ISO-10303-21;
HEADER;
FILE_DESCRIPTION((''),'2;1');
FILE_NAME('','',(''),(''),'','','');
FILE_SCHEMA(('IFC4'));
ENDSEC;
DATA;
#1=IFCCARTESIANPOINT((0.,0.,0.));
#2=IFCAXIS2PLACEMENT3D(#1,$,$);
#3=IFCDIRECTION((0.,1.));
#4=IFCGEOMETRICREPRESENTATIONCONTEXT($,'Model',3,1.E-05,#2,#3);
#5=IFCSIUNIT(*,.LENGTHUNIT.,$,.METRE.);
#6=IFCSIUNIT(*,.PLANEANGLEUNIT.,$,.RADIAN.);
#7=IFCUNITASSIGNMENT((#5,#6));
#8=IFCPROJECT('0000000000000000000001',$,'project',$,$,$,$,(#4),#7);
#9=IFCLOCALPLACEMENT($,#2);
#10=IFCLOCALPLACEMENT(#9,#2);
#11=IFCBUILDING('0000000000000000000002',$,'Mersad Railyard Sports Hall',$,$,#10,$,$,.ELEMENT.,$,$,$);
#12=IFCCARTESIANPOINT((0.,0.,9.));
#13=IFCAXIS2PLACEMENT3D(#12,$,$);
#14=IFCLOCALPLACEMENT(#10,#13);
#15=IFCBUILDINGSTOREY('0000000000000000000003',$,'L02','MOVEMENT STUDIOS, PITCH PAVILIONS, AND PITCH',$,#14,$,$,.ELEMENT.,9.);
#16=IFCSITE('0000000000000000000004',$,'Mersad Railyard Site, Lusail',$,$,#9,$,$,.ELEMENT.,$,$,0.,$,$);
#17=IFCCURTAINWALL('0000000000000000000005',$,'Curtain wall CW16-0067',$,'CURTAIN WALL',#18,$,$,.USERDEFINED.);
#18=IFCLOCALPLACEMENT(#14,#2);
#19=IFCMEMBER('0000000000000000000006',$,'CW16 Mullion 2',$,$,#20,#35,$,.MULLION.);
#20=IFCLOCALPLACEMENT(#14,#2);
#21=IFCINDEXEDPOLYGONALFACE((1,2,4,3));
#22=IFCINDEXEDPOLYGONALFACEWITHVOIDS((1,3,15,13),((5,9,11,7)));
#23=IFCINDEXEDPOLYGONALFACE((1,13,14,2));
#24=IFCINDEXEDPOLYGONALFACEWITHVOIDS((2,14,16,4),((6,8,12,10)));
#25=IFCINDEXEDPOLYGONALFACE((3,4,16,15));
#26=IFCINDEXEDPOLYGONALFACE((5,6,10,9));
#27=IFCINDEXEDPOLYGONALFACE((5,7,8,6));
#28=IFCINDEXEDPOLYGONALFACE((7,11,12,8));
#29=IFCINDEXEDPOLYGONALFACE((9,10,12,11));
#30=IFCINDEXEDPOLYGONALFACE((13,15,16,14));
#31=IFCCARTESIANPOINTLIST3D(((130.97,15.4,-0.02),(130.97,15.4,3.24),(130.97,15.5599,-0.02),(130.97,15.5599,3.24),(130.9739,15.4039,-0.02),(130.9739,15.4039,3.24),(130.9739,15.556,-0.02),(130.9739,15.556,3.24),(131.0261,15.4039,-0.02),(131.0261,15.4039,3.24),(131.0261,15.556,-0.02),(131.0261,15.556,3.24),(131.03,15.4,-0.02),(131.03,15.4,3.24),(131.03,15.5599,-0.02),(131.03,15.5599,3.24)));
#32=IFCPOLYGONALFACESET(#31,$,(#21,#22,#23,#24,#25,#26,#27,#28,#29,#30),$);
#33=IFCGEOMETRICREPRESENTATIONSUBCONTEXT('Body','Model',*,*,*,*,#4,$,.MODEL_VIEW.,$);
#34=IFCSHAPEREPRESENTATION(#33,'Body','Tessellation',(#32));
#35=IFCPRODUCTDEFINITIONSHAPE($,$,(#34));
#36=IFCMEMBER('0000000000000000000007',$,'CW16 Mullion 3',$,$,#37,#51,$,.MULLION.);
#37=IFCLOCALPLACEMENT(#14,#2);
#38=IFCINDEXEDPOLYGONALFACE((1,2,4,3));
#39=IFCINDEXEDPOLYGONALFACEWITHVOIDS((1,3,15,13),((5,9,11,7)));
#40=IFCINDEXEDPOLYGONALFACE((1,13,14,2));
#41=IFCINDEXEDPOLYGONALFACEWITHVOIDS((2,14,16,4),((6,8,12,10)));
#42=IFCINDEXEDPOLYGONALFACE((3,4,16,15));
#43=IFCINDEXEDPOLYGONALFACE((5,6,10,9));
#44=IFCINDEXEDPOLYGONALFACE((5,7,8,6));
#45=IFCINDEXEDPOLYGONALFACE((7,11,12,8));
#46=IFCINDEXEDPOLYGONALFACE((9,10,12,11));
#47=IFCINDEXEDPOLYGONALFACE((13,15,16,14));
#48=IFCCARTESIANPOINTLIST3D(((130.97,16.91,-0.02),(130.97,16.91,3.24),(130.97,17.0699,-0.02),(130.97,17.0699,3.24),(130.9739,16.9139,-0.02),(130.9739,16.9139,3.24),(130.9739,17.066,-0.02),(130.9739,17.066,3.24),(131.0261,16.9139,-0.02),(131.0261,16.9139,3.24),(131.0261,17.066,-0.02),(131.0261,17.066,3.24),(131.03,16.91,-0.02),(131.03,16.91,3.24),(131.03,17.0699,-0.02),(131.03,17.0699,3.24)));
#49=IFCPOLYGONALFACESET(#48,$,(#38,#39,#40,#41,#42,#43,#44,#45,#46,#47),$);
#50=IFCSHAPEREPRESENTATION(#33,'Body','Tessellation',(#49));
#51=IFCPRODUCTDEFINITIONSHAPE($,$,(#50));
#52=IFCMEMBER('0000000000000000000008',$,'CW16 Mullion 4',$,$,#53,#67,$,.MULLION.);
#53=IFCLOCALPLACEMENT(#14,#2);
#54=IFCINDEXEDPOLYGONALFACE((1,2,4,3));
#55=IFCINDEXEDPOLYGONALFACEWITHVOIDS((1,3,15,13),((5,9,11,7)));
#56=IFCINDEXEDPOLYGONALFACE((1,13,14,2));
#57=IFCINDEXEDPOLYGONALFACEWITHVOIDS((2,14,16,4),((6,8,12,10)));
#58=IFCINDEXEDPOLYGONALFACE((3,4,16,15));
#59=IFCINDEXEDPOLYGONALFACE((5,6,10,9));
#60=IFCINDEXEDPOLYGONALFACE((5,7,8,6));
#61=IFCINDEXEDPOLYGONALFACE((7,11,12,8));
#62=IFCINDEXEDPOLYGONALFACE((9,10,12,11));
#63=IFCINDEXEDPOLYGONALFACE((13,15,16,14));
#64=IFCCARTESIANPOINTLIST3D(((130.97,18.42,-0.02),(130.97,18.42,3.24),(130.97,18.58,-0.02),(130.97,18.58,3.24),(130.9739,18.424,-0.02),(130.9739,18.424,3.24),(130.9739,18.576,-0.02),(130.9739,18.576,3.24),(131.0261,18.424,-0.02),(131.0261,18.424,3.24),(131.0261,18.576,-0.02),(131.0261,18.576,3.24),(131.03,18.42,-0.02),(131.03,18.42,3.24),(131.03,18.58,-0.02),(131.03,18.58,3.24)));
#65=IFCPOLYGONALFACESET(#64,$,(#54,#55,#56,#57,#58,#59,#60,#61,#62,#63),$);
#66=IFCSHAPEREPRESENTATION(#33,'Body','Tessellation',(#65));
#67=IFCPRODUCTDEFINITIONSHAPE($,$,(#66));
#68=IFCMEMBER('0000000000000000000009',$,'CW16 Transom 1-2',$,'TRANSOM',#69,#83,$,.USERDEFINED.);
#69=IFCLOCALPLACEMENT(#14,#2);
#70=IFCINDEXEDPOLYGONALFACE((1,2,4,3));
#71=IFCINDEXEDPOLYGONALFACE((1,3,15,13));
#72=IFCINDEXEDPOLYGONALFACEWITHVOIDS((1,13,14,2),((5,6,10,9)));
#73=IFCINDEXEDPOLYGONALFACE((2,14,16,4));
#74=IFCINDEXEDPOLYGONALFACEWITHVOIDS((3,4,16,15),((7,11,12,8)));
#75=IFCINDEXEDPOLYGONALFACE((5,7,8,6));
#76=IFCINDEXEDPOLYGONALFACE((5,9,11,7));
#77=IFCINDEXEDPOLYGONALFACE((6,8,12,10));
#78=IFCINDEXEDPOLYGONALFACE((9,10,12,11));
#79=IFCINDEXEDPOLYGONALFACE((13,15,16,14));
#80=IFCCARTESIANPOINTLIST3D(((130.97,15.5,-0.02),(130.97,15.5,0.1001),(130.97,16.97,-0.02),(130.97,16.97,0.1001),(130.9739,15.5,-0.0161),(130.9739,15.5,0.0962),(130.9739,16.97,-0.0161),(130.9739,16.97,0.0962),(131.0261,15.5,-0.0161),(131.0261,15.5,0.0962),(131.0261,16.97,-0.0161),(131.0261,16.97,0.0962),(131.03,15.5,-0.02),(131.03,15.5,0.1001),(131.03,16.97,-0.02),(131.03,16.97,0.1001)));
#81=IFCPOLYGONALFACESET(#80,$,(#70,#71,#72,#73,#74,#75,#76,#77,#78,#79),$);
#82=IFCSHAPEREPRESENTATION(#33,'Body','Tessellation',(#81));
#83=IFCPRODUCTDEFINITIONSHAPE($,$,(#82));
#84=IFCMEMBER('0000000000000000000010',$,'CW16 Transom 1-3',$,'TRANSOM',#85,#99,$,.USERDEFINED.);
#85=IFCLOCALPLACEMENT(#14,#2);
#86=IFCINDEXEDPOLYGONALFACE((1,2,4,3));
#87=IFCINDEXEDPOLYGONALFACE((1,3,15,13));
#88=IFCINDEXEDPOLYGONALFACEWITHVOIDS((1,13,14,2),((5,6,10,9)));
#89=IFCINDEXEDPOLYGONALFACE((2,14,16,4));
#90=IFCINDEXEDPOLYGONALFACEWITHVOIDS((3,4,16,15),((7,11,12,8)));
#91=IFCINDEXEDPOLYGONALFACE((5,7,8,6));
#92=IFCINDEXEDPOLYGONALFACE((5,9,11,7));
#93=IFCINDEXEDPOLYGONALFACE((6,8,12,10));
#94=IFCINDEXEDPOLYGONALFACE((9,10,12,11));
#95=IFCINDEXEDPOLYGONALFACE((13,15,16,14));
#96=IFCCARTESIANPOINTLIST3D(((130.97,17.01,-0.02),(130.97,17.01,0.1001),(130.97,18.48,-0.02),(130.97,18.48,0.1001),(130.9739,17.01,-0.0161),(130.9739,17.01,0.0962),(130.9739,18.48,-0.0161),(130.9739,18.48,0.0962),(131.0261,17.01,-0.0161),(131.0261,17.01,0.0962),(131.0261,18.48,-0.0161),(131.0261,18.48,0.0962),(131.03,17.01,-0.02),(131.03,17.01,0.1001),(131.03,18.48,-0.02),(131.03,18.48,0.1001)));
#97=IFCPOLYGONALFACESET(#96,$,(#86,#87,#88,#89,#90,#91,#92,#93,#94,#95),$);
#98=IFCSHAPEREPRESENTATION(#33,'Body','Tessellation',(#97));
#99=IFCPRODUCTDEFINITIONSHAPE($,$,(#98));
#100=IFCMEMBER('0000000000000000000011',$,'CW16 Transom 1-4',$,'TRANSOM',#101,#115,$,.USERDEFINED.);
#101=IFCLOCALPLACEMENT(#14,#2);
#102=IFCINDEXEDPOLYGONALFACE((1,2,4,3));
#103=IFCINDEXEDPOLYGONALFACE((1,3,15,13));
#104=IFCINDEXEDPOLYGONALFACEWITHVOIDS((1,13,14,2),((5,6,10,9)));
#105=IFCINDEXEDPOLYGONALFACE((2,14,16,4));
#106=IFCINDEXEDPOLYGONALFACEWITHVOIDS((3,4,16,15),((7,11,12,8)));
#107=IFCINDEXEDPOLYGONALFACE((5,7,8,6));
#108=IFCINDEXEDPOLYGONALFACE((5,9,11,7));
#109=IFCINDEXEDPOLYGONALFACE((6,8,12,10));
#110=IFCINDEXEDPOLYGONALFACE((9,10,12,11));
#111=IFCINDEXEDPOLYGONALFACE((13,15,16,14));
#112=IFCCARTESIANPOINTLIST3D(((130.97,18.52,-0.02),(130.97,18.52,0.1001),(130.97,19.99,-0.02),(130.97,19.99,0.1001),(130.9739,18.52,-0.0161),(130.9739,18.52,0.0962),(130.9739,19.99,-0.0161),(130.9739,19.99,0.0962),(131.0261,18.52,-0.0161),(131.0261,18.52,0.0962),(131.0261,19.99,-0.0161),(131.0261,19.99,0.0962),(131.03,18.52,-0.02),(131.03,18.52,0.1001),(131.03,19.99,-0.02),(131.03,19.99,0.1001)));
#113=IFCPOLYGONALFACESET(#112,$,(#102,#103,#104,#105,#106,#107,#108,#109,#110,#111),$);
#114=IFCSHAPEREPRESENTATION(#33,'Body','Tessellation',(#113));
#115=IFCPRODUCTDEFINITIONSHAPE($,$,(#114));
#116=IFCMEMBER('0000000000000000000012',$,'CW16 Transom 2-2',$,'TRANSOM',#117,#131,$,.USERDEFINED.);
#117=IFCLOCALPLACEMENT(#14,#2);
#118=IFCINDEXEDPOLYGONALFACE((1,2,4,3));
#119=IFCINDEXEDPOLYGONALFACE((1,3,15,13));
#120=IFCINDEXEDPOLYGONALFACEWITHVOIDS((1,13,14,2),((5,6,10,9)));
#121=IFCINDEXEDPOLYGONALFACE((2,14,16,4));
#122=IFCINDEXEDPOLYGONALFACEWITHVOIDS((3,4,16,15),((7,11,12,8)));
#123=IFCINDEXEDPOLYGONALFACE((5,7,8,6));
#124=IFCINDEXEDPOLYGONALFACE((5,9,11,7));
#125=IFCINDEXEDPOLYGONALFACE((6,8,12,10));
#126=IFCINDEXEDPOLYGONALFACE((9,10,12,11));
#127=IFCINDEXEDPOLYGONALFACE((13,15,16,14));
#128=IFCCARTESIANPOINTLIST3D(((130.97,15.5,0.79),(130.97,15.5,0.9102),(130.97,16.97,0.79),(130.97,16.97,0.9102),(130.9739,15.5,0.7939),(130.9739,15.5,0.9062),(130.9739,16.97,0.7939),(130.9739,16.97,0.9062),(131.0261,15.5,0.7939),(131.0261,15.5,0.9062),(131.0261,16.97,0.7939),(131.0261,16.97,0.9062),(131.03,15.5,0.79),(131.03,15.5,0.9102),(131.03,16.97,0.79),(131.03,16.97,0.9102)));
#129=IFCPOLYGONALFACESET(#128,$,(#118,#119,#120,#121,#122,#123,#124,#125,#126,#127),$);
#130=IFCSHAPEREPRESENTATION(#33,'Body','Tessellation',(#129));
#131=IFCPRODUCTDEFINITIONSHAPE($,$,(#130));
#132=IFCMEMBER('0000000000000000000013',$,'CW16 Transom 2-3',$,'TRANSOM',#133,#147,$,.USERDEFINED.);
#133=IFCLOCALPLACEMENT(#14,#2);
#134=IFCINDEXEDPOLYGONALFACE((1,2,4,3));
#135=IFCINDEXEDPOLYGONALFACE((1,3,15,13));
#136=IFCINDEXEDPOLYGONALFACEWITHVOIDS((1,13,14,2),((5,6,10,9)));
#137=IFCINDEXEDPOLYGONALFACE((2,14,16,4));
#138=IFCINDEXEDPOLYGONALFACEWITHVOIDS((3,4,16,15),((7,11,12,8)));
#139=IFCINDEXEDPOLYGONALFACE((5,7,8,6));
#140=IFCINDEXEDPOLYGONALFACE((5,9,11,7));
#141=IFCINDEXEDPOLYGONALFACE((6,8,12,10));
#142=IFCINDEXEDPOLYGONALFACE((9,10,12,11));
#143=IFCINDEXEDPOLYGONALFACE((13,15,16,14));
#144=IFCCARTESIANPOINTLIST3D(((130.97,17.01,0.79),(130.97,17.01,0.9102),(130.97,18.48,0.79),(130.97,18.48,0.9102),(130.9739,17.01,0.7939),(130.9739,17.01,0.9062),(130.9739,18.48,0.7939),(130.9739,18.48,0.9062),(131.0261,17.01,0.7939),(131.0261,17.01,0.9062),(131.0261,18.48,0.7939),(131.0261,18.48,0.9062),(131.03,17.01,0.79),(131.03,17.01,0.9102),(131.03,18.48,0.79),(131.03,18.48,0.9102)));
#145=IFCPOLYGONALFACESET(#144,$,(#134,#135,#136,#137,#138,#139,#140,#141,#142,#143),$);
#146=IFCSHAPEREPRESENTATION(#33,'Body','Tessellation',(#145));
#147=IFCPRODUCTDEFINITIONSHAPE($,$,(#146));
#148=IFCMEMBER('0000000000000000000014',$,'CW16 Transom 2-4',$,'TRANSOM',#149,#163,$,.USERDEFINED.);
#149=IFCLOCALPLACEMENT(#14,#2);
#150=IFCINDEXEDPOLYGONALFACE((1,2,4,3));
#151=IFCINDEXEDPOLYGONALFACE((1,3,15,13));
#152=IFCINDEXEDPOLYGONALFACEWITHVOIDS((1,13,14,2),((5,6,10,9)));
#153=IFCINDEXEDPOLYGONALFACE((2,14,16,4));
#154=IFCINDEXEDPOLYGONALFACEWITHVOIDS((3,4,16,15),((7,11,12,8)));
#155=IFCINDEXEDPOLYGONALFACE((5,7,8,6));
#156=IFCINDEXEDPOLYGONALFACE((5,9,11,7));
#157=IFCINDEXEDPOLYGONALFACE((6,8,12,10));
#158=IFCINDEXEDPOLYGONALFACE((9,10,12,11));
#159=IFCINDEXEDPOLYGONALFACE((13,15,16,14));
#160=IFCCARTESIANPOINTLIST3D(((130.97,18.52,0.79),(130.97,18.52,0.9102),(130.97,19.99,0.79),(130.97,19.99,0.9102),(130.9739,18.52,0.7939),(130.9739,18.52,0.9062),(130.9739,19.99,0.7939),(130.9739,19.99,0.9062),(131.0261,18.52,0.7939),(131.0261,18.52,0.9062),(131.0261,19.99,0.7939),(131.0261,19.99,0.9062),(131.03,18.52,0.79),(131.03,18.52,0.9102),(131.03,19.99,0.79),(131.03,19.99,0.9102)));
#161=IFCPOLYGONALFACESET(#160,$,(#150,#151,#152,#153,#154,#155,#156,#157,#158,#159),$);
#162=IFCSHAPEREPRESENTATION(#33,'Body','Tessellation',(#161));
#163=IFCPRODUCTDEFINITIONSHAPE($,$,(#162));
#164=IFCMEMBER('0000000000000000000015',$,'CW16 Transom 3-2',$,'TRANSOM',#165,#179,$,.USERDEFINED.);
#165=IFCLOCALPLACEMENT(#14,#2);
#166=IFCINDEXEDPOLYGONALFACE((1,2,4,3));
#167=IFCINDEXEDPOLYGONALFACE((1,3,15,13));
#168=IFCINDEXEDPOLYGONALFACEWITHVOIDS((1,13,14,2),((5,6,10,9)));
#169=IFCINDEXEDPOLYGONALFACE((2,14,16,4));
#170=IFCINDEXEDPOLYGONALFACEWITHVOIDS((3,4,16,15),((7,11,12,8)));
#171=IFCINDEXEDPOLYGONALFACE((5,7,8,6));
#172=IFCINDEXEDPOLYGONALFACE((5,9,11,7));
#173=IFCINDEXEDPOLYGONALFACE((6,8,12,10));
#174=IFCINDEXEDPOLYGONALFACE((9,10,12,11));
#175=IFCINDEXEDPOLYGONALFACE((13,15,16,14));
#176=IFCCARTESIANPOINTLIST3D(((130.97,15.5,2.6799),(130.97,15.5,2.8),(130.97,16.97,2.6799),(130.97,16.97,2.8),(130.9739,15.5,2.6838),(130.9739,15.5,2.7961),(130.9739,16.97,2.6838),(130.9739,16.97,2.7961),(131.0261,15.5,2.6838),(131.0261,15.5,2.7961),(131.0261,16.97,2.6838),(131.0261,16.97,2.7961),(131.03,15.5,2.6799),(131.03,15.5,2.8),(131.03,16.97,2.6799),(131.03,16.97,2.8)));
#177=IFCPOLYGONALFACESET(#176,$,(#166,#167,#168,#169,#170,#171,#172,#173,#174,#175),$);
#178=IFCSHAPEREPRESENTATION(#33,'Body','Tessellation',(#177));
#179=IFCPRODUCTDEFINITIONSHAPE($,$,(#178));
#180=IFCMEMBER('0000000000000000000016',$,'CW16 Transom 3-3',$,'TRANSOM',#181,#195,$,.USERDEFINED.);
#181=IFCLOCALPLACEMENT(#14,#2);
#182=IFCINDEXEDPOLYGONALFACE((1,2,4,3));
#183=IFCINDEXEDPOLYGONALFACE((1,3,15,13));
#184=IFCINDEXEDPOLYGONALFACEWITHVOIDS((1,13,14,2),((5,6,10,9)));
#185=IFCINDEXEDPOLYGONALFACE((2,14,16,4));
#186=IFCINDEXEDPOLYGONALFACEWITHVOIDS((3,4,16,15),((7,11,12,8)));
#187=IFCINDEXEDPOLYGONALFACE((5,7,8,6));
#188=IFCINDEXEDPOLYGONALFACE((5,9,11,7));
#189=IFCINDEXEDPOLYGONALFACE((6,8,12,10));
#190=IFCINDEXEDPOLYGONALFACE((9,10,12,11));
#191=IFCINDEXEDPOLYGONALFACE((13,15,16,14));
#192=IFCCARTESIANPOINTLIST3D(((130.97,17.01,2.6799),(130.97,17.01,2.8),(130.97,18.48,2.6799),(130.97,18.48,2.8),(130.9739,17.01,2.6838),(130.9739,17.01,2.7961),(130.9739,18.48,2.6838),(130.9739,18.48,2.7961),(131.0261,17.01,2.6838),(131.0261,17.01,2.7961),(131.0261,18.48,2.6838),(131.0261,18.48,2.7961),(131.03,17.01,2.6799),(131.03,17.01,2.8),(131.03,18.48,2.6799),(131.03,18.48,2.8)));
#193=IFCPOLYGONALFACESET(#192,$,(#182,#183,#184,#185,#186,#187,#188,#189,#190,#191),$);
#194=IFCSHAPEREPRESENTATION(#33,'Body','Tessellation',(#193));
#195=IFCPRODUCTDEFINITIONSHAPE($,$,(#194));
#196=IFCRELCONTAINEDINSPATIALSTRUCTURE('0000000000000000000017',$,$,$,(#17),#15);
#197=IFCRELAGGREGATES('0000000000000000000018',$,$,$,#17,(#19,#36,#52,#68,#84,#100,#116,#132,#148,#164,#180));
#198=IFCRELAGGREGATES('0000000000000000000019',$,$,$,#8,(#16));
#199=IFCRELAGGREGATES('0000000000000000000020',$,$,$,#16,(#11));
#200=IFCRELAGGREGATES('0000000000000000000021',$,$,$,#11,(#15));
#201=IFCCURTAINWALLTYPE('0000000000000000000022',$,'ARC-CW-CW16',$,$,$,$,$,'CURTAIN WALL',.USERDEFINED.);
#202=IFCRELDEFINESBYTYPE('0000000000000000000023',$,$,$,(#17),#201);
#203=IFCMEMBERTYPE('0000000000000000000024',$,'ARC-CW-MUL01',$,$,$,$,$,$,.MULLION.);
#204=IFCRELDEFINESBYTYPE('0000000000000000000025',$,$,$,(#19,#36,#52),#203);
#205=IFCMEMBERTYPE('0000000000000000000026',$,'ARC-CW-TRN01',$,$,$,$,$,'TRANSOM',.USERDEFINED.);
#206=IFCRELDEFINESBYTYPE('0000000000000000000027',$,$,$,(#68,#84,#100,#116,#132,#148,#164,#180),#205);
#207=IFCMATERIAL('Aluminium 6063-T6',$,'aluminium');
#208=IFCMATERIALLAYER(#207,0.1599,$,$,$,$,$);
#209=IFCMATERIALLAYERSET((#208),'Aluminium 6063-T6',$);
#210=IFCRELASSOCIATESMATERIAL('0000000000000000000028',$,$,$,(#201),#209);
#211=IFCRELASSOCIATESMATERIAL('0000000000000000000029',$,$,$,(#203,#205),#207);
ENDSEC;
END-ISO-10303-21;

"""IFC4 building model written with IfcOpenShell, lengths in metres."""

from ifc_helpers import new_model, si_unit, direction, frame, origin, origin_2d, place, context, subcontext, project, spatial, hollow_rectangle, extrude, material, layer, layer_set, material_profile, profile_set, type_object, element, aggregate, save


model = new_model("IFC4")

# Units and contexts
model_context = context("Model", 3, precision=1e-05, world=origin(), true_north=direction((0.0, 1.0)))
body_context = subcontext(model_context, "Body", "Model", "MODEL_VIEW")
ifc_project = project(units=[si_unit("LENGTHUNIT", "METRE"), si_unit("PLANEANGLEUNIT", "RADIAN")], contexts=[model_context])

# Site, building, storey
site_placement = place(None, origin())
site = spatial("IfcSite", under=ifc_project, at=site_placement, Name="Mersad Railyard Site, Lusail", CompositionType="ELEMENT", RefElevation=0.0)
building_placement = place(site_placement, origin())
building = spatial("IfcBuilding", under=site, at=building_placement, Name="Mersad Railyard Sports Hall", CompositionType="ELEMENT")
storey_placement = place(building_placement, frame((0.0, 0.0, 9.0)))
storey = spatial("IfcBuildingStorey", under=building, at=storey_placement, Name="L02", Description="MOVEMENT STUDIOS, PITCH PAVILIONS, AND PITCH", CompositionType="ELEMENT", Elevation=9.0)

# Curtain wall, members
ifc_material_1 = material(Name="Aluminium 6063-T6", Category="aluminium")
ifc_layer_1 = layer(ifc_material_1, 0.1599)
ifc_layer_set_1 = layer_set([ifc_layer_1], Name="Aluminium 6063-T6")
curtain_wall_type = type_object("IfcCurtainWallType", Name="ARC-CW-CW16", ElementType="CURTAIN WALL", PredefinedType="USERDEFINED", material=ifc_layer_set_1)
curtain_wall_placement = place(storey_placement, origin())
curtain_wall = element("IfcCurtainWall", 1, at=curtain_wall_placement, inside=storey, type_object=curtain_wall_type, Name="Curtain wall CW16-0067", ObjectType="CURTAIN WALL", PredefinedType="USERDEFINED")
ifc_material_profile_1 = material_profile(ifc_material_1, hollow_rectangle(XDim=0.0601, YDim=0.1599, WallThickness=0.0039, at=origin_2d()), Name="AL MULLION 60x160x4")
ifc_profile_set_1 = profile_set([ifc_material_profile_1], Name="Aluminium 6063-T6")
member_type_1 = type_object("IfcMemberType", Name="ARC-CW-MUL01", PredefinedType="MULLION", material=ifc_profile_set_1)
member_1_placement = place(storey_placement, frame((131.0, 15.48, -0.02), z_axis=(0.0, 0.0, 1.0), x_axis=(1.0, 0.0, 0.0)))
member_1 = element("IfcMember", 2, at=member_1_placement, type_object=member_type_1, Name="CW16 Mullion 2", PredefinedType="MULLION", context=body_context, shape_type="SweptSolid", body=[
    extrude(hollow_rectangle(XDim=0.0601, YDim=0.1599, WallThickness=0.0039, at=origin_2d()), origin(), (0.0, 0.0, 1.0), 3.26),
])
member_2_placement = place(storey_placement, frame((131.0, 16.99, -0.02), z_axis=(0.0, 0.0, 1.0), x_axis=(1.0, 0.0, 0.0)))
member_2 = element("IfcMember", 3, at=member_2_placement, type_object=member_type_1, Name="CW16 Mullion 3", PredefinedType="MULLION", context=body_context, shape_type="SweptSolid", body=[
    extrude(hollow_rectangle(XDim=0.0601, YDim=0.1599, WallThickness=0.0039, at=origin_2d()), origin(), (0.0, 0.0, 1.0), 3.26),
])
member_3_placement = place(storey_placement, frame((131.0, 18.5, -0.02), z_axis=(0.0, 0.0, 1.0), x_axis=(1.0, 0.0, 0.0)))
member_3 = element("IfcMember", 4, at=member_3_placement, type_object=member_type_1, Name="CW16 Mullion 4", PredefinedType="MULLION", context=body_context, shape_type="SweptSolid", body=[
    extrude(hollow_rectangle(XDim=0.0601, YDim=0.1599, WallThickness=0.0039, at=origin_2d()), origin(), (0.0, 0.0, 1.0), 3.26),
])
ifc_material_profile_2 = material_profile(ifc_material_1, hollow_rectangle(XDim=0.0601, YDim=0.1201, WallThickness=0.0039, at=origin_2d()), Name="AL TRANSOM 60x120x4")
ifc_profile_set_2 = profile_set([ifc_material_profile_2], Name="Aluminium 6063-T6")
member_type_2 = type_object("IfcMemberType", Name="ARC-CW-TRN01", ElementType="TRANSOM", PredefinedType="USERDEFINED", material=ifc_profile_set_2)
member_4_placement = place(storey_placement, frame((131.0, 15.5, 0.04), z_axis=(0.0, 1.0, 0.0), x_axis=(-1.0, 0.0, 0.0)))
member_4 = element("IfcMember", 5, at=member_4_placement, type_object=member_type_2, Name="CW16 Transom 1-2", ObjectType="TRANSOM", PredefinedType="USERDEFINED", context=body_context, shape_type="SweptSolid", body=[
    extrude(hollow_rectangle(XDim=0.0601, YDim=0.1201, WallThickness=0.0039, at=origin_2d()), origin(), (0.0, 0.0, 1.0), 1.47),
])
member_5_placement = place(storey_placement, frame((131.0, 17.01, 0.04), z_axis=(0.0, 1.0, 0.0), x_axis=(-1.0, 0.0, 0.0)))
member_5 = element("IfcMember", 6, at=member_5_placement, type_object=member_type_2, Name="CW16 Transom 1-3", ObjectType="TRANSOM", PredefinedType="USERDEFINED", context=body_context, shape_type="SweptSolid", body=[
    extrude(hollow_rectangle(XDim=0.0601, YDim=0.1201, WallThickness=0.0039, at=origin_2d()), origin(), (0.0, 0.0, 1.0), 1.47),
])
member_6_placement = place(storey_placement, frame((131.0, 18.52, 0.04), z_axis=(0.0, 1.0, 0.0), x_axis=(-1.0, 0.0, 0.0)))
member_6 = element("IfcMember", 7, at=member_6_placement, type_object=member_type_2, Name="CW16 Transom 1-4", ObjectType="TRANSOM", PredefinedType="USERDEFINED", context=body_context, shape_type="SweptSolid", body=[
    extrude(hollow_rectangle(XDim=0.0601, YDim=0.1201, WallThickness=0.0039, at=origin_2d()), origin(), (0.0, 0.0, 1.0), 1.47),
])
member_7_placement = place(storey_placement, frame((131.0, 15.5, 0.8501), z_axis=(0.0, 1.0, 0.0), x_axis=(-1.0, 0.0, 0.0)))
member_7 = element("IfcMember", 8, at=member_7_placement, type_object=member_type_2, Name="CW16 Transom 2-2", ObjectType="TRANSOM", PredefinedType="USERDEFINED", context=body_context, shape_type="SweptSolid", body=[
    extrude(hollow_rectangle(XDim=0.0601, YDim=0.1201, WallThickness=0.0039, at=origin_2d()), origin(), (0.0, 0.0, 1.0), 1.47),
])
member_8_placement = place(storey_placement, frame((131.0, 17.01, 0.8501), z_axis=(0.0, 1.0, 0.0), x_axis=(-1.0, 0.0, 0.0)))
member_8 = element("IfcMember", 9, at=member_8_placement, type_object=member_type_2, Name="CW16 Transom 2-3", ObjectType="TRANSOM", PredefinedType="USERDEFINED", context=body_context, shape_type="SweptSolid", body=[
    extrude(hollow_rectangle(XDim=0.0601, YDim=0.1201, WallThickness=0.0039, at=origin_2d()), origin(), (0.0, 0.0, 1.0), 1.47),
])
member_9_placement = place(storey_placement, frame((131.0, 18.52, 0.8501), z_axis=(0.0, 1.0, 0.0), x_axis=(-1.0, 0.0, 0.0)))
member_9 = element("IfcMember", 10, at=member_9_placement, type_object=member_type_2, Name="CW16 Transom 2-4", ObjectType="TRANSOM", PredefinedType="USERDEFINED", context=body_context, shape_type="SweptSolid", body=[
    extrude(hollow_rectangle(XDim=0.0601, YDim=0.1201, WallThickness=0.0039, at=origin_2d()), origin(), (0.0, 0.0, 1.0), 1.47),
])
member_10_placement = place(storey_placement, frame((131.0, 15.5, 2.74), z_axis=(0.0, 1.0, 0.0), x_axis=(-1.0, 0.0, 0.0)))
member_10 = element("IfcMember", 11, at=member_10_placement, type_object=member_type_2, Name="CW16 Transom 3-2", ObjectType="TRANSOM", PredefinedType="USERDEFINED", context=body_context, shape_type="SweptSolid", body=[
    extrude(hollow_rectangle(XDim=0.0601, YDim=0.1201, WallThickness=0.0039, at=origin_2d()), origin(), (0.0, 0.0, 1.0), 1.47),
])
member_11_placement = place(storey_placement, frame((131.0, 17.01, 2.74), z_axis=(0.0, 1.0, 0.0), x_axis=(-1.0, 0.0, 0.0)))
member_11 = element("IfcMember", 12, at=member_11_placement, type_object=member_type_2, Name="CW16 Transom 3-3", ObjectType="TRANSOM", PredefinedType="USERDEFINED", context=body_context, shape_type="SweptSolid", body=[
    extrude(hollow_rectangle(XDim=0.0601, YDim=0.1201, WallThickness=0.0039, at=origin_2d()), origin(), (0.0, 0.0, 1.0), 1.47),
])

aggregate(curtain_wall, [member_1, member_2, member_3, member_4, member_5, member_6, member_7, member_8, member_9, member_10, member_11])

save(model, "model.ifc")
